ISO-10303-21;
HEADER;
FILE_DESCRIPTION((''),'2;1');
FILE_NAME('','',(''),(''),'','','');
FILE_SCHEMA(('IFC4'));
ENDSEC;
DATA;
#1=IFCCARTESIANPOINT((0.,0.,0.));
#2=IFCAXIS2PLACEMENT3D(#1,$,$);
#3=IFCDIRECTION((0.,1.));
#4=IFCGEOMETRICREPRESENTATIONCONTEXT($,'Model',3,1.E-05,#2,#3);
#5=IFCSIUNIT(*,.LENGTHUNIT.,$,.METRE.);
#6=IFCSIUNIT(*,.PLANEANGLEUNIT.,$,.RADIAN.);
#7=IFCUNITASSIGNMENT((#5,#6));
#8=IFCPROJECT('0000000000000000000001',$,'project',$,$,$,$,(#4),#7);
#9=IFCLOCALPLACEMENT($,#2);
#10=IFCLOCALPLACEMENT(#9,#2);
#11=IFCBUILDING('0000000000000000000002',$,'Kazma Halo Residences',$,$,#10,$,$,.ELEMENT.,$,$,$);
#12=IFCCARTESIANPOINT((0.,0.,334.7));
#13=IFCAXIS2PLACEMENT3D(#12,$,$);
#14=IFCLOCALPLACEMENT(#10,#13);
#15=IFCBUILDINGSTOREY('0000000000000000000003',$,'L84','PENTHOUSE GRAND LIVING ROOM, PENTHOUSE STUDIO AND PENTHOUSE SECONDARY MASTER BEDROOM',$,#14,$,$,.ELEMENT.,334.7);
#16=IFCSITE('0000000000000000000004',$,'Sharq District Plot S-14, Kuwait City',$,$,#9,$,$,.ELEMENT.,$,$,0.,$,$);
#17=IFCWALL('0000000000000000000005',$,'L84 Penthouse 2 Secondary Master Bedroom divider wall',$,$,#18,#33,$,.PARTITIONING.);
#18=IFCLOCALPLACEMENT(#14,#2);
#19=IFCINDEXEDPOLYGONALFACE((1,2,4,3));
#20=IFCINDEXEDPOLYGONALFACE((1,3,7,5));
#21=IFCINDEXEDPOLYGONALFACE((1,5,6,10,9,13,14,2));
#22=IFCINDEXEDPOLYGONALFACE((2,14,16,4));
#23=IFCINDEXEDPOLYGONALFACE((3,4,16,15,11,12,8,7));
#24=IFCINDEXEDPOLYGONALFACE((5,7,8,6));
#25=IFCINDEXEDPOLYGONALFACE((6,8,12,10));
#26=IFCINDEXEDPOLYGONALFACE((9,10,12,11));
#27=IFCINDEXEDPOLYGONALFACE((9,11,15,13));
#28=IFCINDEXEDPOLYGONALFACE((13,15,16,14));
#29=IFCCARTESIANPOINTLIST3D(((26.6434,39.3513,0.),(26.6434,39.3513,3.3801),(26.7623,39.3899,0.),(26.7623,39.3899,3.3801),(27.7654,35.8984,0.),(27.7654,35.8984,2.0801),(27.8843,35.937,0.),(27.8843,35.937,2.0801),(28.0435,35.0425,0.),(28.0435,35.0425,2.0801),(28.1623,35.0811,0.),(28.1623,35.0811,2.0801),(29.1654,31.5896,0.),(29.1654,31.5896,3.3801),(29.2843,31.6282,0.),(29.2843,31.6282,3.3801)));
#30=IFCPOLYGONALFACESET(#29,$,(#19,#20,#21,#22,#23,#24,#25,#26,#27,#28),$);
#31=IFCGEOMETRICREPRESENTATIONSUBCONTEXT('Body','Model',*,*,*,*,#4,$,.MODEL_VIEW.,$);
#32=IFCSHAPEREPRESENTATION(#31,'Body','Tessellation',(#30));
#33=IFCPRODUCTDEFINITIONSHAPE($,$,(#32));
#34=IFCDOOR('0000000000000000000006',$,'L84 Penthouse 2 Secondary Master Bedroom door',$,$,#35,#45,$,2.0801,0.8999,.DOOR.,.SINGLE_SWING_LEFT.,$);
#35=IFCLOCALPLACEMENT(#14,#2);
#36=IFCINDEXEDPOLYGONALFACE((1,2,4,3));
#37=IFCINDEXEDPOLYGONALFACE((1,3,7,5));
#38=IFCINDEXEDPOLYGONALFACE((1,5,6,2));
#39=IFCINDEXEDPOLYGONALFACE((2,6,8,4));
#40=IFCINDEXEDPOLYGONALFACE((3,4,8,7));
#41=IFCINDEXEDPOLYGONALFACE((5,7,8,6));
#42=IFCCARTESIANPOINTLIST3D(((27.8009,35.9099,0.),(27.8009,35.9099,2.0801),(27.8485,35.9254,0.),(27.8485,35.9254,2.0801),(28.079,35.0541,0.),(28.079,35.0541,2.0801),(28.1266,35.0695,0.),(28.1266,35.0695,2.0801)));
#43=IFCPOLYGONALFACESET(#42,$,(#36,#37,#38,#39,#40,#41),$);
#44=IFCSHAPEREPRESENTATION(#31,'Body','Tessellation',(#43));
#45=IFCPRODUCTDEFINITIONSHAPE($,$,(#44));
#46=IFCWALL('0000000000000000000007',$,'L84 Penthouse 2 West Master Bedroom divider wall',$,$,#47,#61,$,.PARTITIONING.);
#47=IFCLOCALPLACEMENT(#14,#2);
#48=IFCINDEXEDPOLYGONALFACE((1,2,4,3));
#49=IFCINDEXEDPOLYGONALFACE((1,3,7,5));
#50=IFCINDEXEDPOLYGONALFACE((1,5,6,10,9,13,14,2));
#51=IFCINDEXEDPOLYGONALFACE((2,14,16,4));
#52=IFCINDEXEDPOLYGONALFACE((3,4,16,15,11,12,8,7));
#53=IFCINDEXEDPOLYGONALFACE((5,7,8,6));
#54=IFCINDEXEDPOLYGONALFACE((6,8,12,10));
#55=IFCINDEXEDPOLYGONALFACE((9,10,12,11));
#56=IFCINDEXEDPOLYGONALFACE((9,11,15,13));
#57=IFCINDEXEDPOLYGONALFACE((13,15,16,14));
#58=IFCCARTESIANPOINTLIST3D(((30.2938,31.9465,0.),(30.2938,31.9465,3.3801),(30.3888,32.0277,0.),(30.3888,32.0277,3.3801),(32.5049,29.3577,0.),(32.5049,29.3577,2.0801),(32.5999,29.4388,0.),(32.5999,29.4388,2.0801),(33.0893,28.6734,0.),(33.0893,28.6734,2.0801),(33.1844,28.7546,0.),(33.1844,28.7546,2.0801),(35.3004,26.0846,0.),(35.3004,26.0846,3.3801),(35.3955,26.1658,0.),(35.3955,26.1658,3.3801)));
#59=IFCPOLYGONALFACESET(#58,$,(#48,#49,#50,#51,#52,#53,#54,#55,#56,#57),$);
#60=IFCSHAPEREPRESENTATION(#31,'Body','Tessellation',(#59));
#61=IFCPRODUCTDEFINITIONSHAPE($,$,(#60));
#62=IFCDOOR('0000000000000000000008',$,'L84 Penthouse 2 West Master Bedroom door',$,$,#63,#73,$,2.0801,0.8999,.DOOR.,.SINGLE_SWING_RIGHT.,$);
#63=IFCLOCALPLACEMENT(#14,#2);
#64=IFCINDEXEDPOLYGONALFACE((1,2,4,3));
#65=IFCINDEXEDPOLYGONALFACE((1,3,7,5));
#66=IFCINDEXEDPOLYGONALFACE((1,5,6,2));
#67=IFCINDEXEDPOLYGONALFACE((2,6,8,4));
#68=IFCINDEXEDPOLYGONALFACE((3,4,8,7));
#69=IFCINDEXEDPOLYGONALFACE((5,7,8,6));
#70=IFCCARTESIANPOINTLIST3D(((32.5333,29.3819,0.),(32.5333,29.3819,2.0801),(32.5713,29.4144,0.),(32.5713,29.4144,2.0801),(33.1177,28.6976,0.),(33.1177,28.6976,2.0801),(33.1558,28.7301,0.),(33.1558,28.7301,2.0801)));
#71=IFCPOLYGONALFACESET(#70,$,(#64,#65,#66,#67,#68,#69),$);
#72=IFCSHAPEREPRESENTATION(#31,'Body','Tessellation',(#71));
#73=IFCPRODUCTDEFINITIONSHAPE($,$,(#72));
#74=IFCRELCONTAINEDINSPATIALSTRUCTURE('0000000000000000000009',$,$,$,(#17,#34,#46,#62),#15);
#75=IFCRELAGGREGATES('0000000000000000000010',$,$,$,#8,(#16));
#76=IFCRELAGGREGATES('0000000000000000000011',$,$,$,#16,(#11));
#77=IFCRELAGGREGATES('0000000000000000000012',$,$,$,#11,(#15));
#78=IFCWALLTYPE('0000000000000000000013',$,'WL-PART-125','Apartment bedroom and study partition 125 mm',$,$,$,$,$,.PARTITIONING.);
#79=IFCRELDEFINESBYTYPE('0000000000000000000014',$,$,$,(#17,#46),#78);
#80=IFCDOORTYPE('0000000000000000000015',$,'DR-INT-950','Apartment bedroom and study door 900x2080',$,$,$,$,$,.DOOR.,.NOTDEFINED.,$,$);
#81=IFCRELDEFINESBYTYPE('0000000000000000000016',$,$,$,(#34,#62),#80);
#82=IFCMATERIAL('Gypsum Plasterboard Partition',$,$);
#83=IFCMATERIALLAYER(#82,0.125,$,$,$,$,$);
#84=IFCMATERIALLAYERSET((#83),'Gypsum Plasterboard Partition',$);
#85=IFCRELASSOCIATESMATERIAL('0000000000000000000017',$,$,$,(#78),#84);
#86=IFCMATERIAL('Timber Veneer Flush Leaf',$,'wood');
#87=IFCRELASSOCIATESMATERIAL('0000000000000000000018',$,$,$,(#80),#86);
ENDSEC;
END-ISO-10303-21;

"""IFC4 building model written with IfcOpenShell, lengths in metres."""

from ifc_helpers import new_model, si_unit, direction, frame, frame_2d, origin, place, context, subcontext, project, spatial, rectangle, extrude, material, layer, layer_set, type_object, element, fill, save


model = new_model("IFC4")

# Units and contexts
model_context = context("Model", 3, precision=1e-05, world=origin(), true_north=direction((0.0, 1.0)))
body_context = subcontext(model_context, "Body", "Model", "MODEL_VIEW")
ifc_project = project(units=[si_unit("LENGTHUNIT", "METRE"), si_unit("PLANEANGLEUNIT", "RADIAN")], contexts=[model_context])

# Site, building, storey
site_placement = place(None, origin())
site = spatial("IfcSite", under=ifc_project, at=site_placement, Name="Sharq District Plot S-14, Kuwait City", CompositionType="ELEMENT", RefElevation=0.0)
building_placement = place(site_placement, origin())
building = spatial("IfcBuilding", under=site, at=building_placement, Name="Kazma Halo Residences", CompositionType="ELEMENT")
storey_placement = place(building_placement, frame((0.0, 0.0, 334.7)))
storey = spatial("IfcBuildingStorey", under=building, at=storey_placement, Name="L84", Description="PENTHOUSE GRAND LIVING ROOM, PENTHOUSE STUDIO AND PENTHOUSE SECONDARY MASTER BEDROOM", CompositionType="ELEMENT", Elevation=334.7)

# Shared definitions
ifc_material_1 = material(Name="Gypsum Plasterboard Partition")
ifc_layer_1 = layer(ifc_material_1, 0.125)
ifc_layer_set_1 = layer_set([ifc_layer_1], Name="Gypsum Plasterboard Partition")
wall_type_1 = type_object("IfcWallType", Name="WL-PART-125", Description="Apartment bedroom and study partition 125 mm", PredefinedType="PARTITIONING", material=ifc_layer_set_1)

# Walls, openings, doors
ifc_material_2 = material(Name="Timber Veneer Flush Leaf", Category="wood")
door_type = type_object("IfcDoorType", Name="DR-INT-950", Description="Apartment bedroom and study door 900x2080", OperationType="NOTDEFINED", PredefinedType="DOOR", material=ifc_material_2)
wall_1_placement = place(storey_placement, frame((26.7029, 39.3706, 0.0), z_axis=(0.0, 0.0, 1.0), x_axis=(0.309021, -0.951055, 0.0)))
wall_1 = element("IfcWall", 1, at=wall_1_placement, inside=storey, type_object=wall_type_1, Name="L84 Penthouse 2 Secondary Master Bedroom divider wall", PredefinedType="PARTITIONING", context=body_context, shape_type="SweptSolid", body=[
    extrude(rectangle(XDim=8.1611, YDim=0.125, at=frame_2d((4.0806, 0.0))), origin(), (0.0, 0.0, 1.0), 3.3801),
])
opening_1_placement = place(wall_1_placement, frame((3.6306, 0.0, 0.0)))
opening_1 = element("IfcOpeningElement", 2, at=opening_1_placement, cuts=wall_1, PredefinedType="OPENING", context=body_context, shape_type="SweptSolid", body=[
    extrude(rectangle(XDim=0.8999, YDim=2.0801, at=frame_2d((0.45, 1.04))), frame((0.0, 0.0725, 0.0), z_axis=(0.0, -1.0, 0.0), x_axis=(1.0, 0.0, 0.0)), (0.0, 0.0, 1.0), 0.145),
])
door_1_placement = place(opening_1_placement, origin())
door_1 = element("IfcDoor", 3, at=door_1_placement, inside=storey, type_object=door_type, Name="L84 Penthouse 2 Secondary Master Bedroom door", OperationType="SINGLE_SWING_LEFT", OverallHeight=2.0801, OverallWidth=0.8999, PredefinedType="DOOR", context=body_context, shape_type="SweptSolid", body=[
    extrude(rectangle(XDim=0.8999, YDim=2.0801, at=frame_2d((0.45, 1.04))), frame((0.0, 0.0249, 0.0), z_axis=(0.0, -1.0, 0.0), x_axis=(1.0, 0.0, 0.0)), (0.0, 0.0, 1.0), 0.05),
])
fill(opening_1, door_1)
wall_2_placement = place(storey_placement, frame((30.3413, 31.9871, 0.0), z_axis=(0.0, 0.0, 1.0), x_axis=(0.649458, -0.760398, 0.0)))
wall_2 = element("IfcWall", 4, at=wall_2_placement, inside=storey, type_object=wall_type_1, Name="L84 Penthouse 2 West Master Bedroom divider wall", PredefinedType="PARTITIONING", context=body_context, shape_type="SweptSolid", body=[
    extrude(rectangle(XDim=7.709, YDim=0.125, at=frame_2d((3.8545, 0.0))), origin(), (0.0, 0.0, 1.0), 3.3801),
])
opening_2_placement = place(wall_2_placement, frame((3.4045, 0.0, 0.0)))
opening_2 = element("IfcOpeningElement", 5, at=opening_2_placement, cuts=wall_2, PredefinedType="OPENING", context=body_context, shape_type="SweptSolid", body=[
    extrude(rectangle(XDim=0.8999, YDim=2.0801, at=frame_2d((0.45, 1.04))), frame((0.0, 0.0725, 0.0), z_axis=(0.0, -1.0, 0.0), x_axis=(1.0, 0.0, 0.0)), (0.0, 0.0, 1.0), 0.145),
])
door_2_placement = place(opening_2_placement, origin())
door_2 = element("IfcDoor", 6, at=door_2_placement, inside=storey, type_object=door_type, Name="L84 Penthouse 2 West Master Bedroom door", OperationType="SINGLE_SWING_RIGHT", OverallHeight=2.0801, OverallWidth=0.8999, PredefinedType="DOOR", context=body_context, shape_type="SweptSolid", body=[
    extrude(rectangle(XDim=0.8999, YDim=2.0801, at=frame_2d((0.45, 1.04))), frame((0.0, 0.0249, 0.0), z_axis=(0.0, -1.0, 0.0), x_axis=(1.0, 0.0, 0.0)), (0.0, 0.0, 1.0), 0.05),
])
fill(opening_2, door_2)

save(model, "model.ifc")
